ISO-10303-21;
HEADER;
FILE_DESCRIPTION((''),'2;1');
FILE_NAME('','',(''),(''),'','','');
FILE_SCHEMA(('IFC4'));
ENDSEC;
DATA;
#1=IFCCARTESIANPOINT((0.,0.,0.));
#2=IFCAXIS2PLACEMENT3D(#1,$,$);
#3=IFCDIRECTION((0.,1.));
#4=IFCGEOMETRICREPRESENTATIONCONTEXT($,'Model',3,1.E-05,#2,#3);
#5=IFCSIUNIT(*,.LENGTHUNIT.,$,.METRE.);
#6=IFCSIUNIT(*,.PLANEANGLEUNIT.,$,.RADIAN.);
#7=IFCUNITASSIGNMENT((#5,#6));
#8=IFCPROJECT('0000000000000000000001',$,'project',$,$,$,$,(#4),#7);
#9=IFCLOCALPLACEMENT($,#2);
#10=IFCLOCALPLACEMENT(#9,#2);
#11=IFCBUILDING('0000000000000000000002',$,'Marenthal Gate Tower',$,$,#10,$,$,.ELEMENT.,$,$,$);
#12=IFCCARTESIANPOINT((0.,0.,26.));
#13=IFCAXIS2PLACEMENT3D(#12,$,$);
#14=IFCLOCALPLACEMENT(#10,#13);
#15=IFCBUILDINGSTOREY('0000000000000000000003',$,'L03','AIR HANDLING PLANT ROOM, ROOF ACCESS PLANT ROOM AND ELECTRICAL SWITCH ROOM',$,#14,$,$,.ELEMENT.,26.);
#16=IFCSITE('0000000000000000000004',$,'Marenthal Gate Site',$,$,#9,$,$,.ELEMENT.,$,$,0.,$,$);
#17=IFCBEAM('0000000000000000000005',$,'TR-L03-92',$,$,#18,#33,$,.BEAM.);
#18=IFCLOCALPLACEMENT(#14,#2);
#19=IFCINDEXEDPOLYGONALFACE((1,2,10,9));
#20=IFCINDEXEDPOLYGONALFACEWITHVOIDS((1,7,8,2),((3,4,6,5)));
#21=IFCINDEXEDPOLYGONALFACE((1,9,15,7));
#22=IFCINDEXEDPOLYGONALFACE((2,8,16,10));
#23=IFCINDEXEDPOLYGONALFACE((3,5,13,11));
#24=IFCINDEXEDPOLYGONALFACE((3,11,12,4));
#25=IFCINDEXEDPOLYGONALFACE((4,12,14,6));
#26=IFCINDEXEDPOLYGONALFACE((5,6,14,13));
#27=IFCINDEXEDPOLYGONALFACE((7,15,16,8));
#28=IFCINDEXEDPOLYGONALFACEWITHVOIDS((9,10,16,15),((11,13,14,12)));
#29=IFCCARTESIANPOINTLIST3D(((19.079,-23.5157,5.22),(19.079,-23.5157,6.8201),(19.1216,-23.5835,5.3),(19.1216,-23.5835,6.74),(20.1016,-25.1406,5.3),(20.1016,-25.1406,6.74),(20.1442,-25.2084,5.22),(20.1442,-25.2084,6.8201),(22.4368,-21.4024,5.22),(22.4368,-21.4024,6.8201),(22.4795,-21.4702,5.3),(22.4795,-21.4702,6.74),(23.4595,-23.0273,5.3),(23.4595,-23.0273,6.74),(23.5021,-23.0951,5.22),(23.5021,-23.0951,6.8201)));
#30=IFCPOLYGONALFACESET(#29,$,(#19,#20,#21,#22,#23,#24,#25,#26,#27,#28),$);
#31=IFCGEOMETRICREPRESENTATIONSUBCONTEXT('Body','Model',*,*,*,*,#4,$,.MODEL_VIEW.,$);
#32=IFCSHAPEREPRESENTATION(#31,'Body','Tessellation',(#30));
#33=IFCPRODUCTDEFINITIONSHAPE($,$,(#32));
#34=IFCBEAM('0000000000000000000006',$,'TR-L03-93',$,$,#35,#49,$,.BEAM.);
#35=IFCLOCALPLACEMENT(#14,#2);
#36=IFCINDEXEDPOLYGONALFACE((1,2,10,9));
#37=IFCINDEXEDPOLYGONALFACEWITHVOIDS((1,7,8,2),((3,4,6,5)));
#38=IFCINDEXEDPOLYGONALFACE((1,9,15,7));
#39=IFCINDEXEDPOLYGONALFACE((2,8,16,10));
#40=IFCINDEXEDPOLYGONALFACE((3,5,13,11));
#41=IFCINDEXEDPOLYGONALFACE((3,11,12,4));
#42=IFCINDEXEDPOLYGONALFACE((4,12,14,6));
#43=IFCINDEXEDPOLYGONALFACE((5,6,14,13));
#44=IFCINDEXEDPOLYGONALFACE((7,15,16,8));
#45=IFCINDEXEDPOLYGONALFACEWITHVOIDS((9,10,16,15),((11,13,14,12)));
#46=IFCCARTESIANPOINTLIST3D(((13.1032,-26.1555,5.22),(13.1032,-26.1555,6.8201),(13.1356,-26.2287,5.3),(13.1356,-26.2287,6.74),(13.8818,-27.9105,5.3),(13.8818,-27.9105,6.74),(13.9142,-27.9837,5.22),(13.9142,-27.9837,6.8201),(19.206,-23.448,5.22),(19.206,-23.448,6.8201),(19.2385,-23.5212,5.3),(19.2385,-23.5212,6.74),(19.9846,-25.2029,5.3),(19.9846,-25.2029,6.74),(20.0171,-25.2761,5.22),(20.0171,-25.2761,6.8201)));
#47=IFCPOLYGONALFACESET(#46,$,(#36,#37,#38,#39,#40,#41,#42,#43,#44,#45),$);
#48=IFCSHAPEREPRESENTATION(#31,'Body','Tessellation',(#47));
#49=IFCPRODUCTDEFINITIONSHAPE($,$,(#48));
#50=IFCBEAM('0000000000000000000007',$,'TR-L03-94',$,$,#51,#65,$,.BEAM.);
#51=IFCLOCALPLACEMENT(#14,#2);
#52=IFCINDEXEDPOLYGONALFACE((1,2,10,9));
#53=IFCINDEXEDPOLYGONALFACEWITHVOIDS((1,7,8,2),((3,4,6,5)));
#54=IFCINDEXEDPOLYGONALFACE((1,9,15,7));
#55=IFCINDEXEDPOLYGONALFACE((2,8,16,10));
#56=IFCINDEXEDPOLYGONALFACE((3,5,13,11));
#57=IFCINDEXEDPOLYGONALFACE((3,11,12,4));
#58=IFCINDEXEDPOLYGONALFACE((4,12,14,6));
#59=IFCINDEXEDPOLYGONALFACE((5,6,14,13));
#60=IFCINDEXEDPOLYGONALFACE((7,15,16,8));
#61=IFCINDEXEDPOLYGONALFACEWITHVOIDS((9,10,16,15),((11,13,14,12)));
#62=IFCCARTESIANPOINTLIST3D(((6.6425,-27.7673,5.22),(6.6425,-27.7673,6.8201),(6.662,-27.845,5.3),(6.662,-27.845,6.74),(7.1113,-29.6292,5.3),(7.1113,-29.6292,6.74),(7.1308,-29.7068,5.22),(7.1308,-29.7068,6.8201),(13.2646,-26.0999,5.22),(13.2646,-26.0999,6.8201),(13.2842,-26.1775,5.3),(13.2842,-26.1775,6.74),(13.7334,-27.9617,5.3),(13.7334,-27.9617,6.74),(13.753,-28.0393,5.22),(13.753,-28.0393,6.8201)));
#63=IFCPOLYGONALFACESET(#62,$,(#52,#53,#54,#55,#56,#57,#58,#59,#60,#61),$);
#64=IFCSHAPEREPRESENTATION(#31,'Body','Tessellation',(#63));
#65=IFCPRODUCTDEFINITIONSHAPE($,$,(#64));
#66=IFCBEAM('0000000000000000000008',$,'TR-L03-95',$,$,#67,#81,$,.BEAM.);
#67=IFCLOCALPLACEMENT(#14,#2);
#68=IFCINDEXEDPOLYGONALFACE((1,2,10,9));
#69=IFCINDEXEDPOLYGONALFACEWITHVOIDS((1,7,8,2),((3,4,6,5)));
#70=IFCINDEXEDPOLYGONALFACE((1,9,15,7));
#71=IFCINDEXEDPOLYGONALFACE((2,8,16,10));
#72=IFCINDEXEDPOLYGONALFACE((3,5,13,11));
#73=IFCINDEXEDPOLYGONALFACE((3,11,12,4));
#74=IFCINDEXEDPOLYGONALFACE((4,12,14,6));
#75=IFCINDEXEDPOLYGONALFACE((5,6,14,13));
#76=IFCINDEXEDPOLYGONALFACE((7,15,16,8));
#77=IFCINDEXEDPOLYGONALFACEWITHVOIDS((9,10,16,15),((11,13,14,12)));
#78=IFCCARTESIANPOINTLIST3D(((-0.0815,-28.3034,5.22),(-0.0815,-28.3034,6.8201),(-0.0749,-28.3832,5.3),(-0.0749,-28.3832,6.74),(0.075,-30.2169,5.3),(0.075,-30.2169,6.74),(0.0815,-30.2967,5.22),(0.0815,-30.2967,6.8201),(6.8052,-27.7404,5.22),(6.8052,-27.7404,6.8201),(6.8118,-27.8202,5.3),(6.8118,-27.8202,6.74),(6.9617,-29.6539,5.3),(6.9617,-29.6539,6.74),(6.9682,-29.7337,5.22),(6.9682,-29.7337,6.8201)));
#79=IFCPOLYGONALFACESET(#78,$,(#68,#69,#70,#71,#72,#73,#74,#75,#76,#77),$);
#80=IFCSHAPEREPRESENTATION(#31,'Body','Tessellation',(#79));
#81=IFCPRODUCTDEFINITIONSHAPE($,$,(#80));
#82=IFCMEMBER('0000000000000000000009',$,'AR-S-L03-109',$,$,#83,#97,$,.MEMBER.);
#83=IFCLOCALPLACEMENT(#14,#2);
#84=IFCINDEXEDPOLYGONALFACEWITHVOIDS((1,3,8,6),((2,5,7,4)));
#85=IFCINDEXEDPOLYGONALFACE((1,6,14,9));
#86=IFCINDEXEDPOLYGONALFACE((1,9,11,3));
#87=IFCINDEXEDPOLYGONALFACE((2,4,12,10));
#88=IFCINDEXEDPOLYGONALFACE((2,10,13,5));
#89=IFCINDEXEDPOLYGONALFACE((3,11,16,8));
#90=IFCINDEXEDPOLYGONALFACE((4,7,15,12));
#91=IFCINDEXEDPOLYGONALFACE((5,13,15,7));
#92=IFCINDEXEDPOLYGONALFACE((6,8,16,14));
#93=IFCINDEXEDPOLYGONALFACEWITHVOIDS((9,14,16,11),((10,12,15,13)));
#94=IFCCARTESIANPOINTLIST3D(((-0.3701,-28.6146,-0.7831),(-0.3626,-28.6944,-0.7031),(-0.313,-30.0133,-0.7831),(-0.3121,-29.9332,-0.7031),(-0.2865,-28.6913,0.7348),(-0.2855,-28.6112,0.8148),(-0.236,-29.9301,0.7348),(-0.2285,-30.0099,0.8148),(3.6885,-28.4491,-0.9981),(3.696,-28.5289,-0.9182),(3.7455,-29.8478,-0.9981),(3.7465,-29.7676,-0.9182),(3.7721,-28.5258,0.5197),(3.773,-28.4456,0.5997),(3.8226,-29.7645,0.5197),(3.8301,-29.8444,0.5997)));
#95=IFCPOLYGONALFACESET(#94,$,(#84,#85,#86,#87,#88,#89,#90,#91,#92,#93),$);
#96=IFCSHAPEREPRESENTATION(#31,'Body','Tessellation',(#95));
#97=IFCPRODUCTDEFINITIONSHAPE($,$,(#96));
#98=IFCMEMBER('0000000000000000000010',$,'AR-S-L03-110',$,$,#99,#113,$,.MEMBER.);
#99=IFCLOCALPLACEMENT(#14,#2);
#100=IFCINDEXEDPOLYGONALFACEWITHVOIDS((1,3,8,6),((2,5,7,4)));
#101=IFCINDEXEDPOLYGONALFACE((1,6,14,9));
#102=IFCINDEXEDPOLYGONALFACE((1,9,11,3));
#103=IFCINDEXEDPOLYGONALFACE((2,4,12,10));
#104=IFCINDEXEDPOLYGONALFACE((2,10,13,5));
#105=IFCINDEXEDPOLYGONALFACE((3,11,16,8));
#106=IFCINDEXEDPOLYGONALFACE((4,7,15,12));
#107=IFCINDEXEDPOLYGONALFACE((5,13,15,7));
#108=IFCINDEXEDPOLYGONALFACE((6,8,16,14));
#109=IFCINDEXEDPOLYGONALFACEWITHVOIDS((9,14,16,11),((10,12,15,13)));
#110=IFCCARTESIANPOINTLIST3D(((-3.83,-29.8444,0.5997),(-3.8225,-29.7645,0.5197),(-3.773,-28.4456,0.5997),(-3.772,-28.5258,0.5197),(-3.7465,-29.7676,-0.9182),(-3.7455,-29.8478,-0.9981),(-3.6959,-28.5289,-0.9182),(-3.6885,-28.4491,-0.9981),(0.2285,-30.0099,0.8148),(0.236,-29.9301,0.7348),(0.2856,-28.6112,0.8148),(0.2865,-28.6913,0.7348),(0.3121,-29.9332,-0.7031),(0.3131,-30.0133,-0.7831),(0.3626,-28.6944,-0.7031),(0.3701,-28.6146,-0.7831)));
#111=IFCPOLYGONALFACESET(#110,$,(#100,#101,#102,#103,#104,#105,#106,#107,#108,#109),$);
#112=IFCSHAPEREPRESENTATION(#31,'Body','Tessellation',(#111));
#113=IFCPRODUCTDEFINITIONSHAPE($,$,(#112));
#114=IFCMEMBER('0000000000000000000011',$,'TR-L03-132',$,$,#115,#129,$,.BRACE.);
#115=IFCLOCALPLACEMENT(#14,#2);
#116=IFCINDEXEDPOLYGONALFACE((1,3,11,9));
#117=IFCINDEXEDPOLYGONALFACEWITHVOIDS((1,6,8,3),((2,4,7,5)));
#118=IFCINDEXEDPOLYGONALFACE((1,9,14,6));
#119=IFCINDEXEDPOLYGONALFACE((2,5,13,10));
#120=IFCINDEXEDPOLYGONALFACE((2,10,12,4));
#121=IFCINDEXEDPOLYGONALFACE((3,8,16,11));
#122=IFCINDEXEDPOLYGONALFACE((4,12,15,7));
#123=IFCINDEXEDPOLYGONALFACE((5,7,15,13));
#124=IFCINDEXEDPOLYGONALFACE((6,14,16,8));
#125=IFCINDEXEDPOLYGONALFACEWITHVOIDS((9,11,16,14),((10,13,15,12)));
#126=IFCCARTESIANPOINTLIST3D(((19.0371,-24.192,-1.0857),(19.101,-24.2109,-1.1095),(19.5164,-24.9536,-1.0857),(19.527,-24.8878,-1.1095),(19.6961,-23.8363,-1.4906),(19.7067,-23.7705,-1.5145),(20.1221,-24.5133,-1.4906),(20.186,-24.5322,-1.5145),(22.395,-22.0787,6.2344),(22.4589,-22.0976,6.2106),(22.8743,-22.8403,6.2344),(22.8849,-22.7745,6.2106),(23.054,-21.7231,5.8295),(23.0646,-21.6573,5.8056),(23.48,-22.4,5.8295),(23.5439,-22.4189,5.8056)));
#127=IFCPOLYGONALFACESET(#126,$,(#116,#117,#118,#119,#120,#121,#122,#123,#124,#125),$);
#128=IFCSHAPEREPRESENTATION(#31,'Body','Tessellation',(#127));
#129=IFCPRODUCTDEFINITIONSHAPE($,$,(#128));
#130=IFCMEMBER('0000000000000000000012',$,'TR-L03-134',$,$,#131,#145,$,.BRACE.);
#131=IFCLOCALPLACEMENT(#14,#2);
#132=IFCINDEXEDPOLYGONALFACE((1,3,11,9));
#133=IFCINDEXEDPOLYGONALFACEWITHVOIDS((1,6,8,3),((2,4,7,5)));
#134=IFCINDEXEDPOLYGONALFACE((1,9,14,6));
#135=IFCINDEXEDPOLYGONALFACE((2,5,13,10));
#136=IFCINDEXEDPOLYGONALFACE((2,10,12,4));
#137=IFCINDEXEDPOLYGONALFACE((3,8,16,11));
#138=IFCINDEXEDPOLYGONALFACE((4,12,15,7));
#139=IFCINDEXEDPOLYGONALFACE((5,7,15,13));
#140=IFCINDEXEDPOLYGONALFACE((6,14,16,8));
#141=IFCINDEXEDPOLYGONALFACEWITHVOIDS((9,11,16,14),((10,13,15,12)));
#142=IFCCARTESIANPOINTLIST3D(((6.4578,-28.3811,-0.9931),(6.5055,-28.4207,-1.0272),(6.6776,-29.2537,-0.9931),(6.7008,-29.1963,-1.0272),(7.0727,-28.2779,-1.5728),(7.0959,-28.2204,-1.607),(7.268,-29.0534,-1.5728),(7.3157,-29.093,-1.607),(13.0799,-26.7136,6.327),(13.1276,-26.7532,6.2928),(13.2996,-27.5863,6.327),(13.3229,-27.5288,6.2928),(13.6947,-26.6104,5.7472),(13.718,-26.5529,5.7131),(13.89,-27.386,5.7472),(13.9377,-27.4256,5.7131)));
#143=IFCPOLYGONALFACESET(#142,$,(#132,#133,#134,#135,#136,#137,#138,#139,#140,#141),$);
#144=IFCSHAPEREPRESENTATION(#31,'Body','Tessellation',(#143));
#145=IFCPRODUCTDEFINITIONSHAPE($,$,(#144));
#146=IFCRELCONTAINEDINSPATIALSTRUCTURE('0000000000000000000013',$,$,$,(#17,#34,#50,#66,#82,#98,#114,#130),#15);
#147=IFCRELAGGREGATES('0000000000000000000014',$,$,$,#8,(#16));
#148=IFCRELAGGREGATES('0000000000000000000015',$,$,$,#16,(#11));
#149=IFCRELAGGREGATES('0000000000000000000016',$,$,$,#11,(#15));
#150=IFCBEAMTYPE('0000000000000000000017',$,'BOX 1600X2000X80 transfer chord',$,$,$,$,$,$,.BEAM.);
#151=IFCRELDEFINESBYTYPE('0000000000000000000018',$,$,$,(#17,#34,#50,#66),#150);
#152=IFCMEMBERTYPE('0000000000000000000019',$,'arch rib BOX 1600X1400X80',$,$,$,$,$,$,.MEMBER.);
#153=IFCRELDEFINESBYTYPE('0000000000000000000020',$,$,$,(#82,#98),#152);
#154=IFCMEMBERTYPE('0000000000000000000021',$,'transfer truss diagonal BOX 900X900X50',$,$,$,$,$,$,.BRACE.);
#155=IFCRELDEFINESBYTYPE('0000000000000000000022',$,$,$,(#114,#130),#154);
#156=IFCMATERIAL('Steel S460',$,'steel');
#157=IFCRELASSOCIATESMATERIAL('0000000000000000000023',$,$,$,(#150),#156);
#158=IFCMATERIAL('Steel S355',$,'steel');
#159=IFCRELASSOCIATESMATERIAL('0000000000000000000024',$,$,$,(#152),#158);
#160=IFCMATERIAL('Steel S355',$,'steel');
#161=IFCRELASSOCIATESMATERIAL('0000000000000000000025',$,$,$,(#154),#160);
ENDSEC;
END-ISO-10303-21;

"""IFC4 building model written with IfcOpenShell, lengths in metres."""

from ifc_helpers import new_model, si_unit, direction, frame, origin, origin_2d, place, context, subcontext, project, spatial, hollow_rectangle, extrude, material, material_profile, profile_set, type_object, element, save


model = new_model("IFC4")

# Units and contexts
model_context = context("Model", 3, precision=1e-05, world=origin(), true_north=direction((0.0, 1.0)))
body_context = subcontext(model_context, "Body", "Model", "MODEL_VIEW")
ifc_project = project(units=[si_unit("LENGTHUNIT", "METRE"), si_unit("PLANEANGLEUNIT", "RADIAN")], contexts=[model_context])

# Site, building, storey
site_placement = place(None, origin())
site = spatial("IfcSite", under=ifc_project, at=site_placement, Name="Marenthal Gate Site", CompositionType="ELEMENT", RefElevation=0.0)
building_placement = place(site_placement, origin())
building = spatial("IfcBuilding", under=site, at=building_placement, Name="Marenthal Gate Tower", CompositionType="ELEMENT")
storey_placement = place(building_placement, frame((0.0, 0.0, 26.0)))
storey = spatial("IfcBuildingStorey", under=building, at=storey_placement, Name="L03", Description="AIR HANDLING PLANT ROOM, ROOF ACCESS PLANT ROOM AND ELECTRICAL SWITCH ROOM", CompositionType="ELEMENT", Elevation=26.0)

# Beams
ifc_material_1 = material(Name="Steel S460", Category="steel")
ifc_material_profile_1 = material_profile(ifc_material_1, hollow_rectangle(XDim=2.0, YDim=1.6001, WallThickness=0.0801, at=origin_2d()), Name="BOX 1600X2000X80")
ifc_profile_set_1 = profile_set([ifc_material_profile_1], Name="Steel S460")
beam_type = type_object("IfcBeamType", Name="BOX 1600X2000X80 transfer chord", PredefinedType="BEAM", material=ifc_profile_set_1)
beam_1_placement = place(storey_placement, frame((22.9695, -22.2488, 6.02), z_axis=(-0.846342, -0.53264, 0.0), x_axis=(0.53264, -0.846342, 0.0)))
element("IfcBeam", 1, at=beam_1_placement, inside=storey, type_object=beam_type, Name="TR-L03-92", PredefinedType="BEAM", context=body_context, shape_type="SweptSolid", body=[
    extrude(hollow_rectangle(XDim=2.0, YDim=1.6001, WallThickness=0.0801, at=origin_2d()), origin(), (0.0, 0.0, 1.0), 3.9675),
])
beam_2_placement = place(storey_placement, frame((19.6116, -24.3621, 6.02), z_axis=(-0.91408, -0.405534, 0.0), x_axis=(0.405534, -0.91408, 0.0)))
element("IfcBeam", 2, at=beam_2_placement, inside=storey, type_object=beam_type, Name="TR-L03-93", PredefinedType="BEAM", context=body_context, shape_type="SweptSolid", body=[
    extrude(hollow_rectangle(XDim=2.0, YDim=1.6001, WallThickness=0.0801, at=origin_2d()), origin(), (0.0, 0.0, 1.0), 6.6765),
])
beam_3_placement = place(storey_placement, frame((13.5088, -27.0696, 6.02), z_axis=(-0.969729, -0.244184, 0.0), x_axis=(0.244184, -0.969729, 0.0)))
element("IfcBeam", 3, at=beam_3_placement, inside=storey, type_object=beam_type, Name="TR-L03-94", PredefinedType="BEAM", context=body_context, shape_type="SweptSolid", body=[
    extrude(hollow_rectangle(XDim=2.0, YDim=1.6001, WallThickness=0.0801, at=origin_2d()), origin(), (0.0, 0.0, 1.0), 6.8289),
])
beam_4_placement = place(storey_placement, frame((6.8867, -28.7371, 6.02), z_axis=(-0.996675, -0.081478, 0.0), x_axis=(0.081478, -0.996675, 0.0)))
element("IfcBeam", 4, at=beam_4_placement, inside=storey, type_object=beam_type, Name="TR-L03-95", PredefinedType="BEAM", context=body_context, shape_type="SweptSolid", body=[
    extrude(hollow_rectangle(XDim=2.0, YDim=1.6001, WallThickness=0.0801, at=origin_2d()), origin(), (0.0, 0.0, 1.0), 6.9097),
])

# Members
ifc_material_2 = material(Name="Steel S355", Category="steel")
ifc_material_profile_2 = material_profile(ifc_material_2, hollow_rectangle(XDim=1.3999, YDim=1.6001, WallThickness=0.0801, at=origin_2d()), Name="BOX 1600X1400X80")
ifc_profile_set_2 = profile_set([ifc_material_profile_2], Name="Steel S355")
member_type_1 = type_object("IfcMemberType", Name="arch rib BOX 1600X1400X80", PredefinedType="MEMBER", material=ifc_profile_set_2)
for number, where, z_axis, x_axis, name in (
    (5, (3.7593, -29.1467, -0.1992), (-0.997772, -0.040694, 0.052878), (0.040751, -0.999169, 0.0), "AR-S-L03-109"),
    (6, (0.2993, -29.3123, 0.0159), (-0.997772, 0.040694, -0.052878), (-0.040751, -0.999169, 0.0), "AR-S-L03-110"),
):
    element("IfcMember", number, at=place(storey_placement, frame(where, z_axis=z_axis, x_axis=x_axis)), inside=storey, type_object=member_type_1, Name=name, PredefinedType="MEMBER", context=body_context, shape_type="SweptSolid", body=[
        extrude(hollow_rectangle(XDim=1.3999, YDim=1.6001, WallThickness=0.0801, at=origin_2d()), origin(), (0.0, 0.0, 1.0), 4.0676),
    ])
ifc_material_3 = material(Name="Steel S355", Category="steel")
ifc_material_profile_3 = material_profile(ifc_material_3, hollow_rectangle(XDim=0.8999, YDim=0.8999, WallThickness=0.05, at=origin_2d()), Name="BOX 900X900X50")
ifc_profile_set_3 = profile_set([ifc_material_profile_3], Name="Steel S355")
member_type_2 = type_object("IfcMemberType", Name="transfer truss diagonal BOX 900X900X50", PredefinedType="BRACE", material=ifc_profile_set_3)
member_1_placement = place(storey_placement, frame((22.9695, -22.2488, 6.02), z_axis=(-0.403296, -0.253812, -0.879165), x_axis=(0.53264, -0.846342, 0.0)))
element("IfcMember", 7, at=member_1_placement, inside=storey, type_object=member_type_2, Name="TR-L03-132", PredefinedType="BRACE", context=body_context, shape_type="SweptSolid", body=[
    extrude(hollow_rectangle(XDim=0.8999, YDim=0.8999, WallThickness=0.05, at=origin_2d()), origin(), (0.0, 0.0, 1.0), 8.3262),
])
member_2_placement = place(storey_placement, frame((13.5088, -27.0696, 6.02), z_axis=(-0.661494, -0.166568, -0.731219), x_axis=(0.244184, -0.969729, 0.0)))
element("IfcMember", 8, at=member_2_placement, inside=storey, type_object=member_type_2, Name="TR-L03-134", PredefinedType="BRACE", context=body_context, shape_type="SweptSolid", body=[
    extrude(hollow_rectangle(XDim=0.8999, YDim=0.8999, WallThickness=0.05, at=origin_2d()), origin(), (0.0, 0.0, 1.0), 10.0107),
])

save(model, "model.ifc")
